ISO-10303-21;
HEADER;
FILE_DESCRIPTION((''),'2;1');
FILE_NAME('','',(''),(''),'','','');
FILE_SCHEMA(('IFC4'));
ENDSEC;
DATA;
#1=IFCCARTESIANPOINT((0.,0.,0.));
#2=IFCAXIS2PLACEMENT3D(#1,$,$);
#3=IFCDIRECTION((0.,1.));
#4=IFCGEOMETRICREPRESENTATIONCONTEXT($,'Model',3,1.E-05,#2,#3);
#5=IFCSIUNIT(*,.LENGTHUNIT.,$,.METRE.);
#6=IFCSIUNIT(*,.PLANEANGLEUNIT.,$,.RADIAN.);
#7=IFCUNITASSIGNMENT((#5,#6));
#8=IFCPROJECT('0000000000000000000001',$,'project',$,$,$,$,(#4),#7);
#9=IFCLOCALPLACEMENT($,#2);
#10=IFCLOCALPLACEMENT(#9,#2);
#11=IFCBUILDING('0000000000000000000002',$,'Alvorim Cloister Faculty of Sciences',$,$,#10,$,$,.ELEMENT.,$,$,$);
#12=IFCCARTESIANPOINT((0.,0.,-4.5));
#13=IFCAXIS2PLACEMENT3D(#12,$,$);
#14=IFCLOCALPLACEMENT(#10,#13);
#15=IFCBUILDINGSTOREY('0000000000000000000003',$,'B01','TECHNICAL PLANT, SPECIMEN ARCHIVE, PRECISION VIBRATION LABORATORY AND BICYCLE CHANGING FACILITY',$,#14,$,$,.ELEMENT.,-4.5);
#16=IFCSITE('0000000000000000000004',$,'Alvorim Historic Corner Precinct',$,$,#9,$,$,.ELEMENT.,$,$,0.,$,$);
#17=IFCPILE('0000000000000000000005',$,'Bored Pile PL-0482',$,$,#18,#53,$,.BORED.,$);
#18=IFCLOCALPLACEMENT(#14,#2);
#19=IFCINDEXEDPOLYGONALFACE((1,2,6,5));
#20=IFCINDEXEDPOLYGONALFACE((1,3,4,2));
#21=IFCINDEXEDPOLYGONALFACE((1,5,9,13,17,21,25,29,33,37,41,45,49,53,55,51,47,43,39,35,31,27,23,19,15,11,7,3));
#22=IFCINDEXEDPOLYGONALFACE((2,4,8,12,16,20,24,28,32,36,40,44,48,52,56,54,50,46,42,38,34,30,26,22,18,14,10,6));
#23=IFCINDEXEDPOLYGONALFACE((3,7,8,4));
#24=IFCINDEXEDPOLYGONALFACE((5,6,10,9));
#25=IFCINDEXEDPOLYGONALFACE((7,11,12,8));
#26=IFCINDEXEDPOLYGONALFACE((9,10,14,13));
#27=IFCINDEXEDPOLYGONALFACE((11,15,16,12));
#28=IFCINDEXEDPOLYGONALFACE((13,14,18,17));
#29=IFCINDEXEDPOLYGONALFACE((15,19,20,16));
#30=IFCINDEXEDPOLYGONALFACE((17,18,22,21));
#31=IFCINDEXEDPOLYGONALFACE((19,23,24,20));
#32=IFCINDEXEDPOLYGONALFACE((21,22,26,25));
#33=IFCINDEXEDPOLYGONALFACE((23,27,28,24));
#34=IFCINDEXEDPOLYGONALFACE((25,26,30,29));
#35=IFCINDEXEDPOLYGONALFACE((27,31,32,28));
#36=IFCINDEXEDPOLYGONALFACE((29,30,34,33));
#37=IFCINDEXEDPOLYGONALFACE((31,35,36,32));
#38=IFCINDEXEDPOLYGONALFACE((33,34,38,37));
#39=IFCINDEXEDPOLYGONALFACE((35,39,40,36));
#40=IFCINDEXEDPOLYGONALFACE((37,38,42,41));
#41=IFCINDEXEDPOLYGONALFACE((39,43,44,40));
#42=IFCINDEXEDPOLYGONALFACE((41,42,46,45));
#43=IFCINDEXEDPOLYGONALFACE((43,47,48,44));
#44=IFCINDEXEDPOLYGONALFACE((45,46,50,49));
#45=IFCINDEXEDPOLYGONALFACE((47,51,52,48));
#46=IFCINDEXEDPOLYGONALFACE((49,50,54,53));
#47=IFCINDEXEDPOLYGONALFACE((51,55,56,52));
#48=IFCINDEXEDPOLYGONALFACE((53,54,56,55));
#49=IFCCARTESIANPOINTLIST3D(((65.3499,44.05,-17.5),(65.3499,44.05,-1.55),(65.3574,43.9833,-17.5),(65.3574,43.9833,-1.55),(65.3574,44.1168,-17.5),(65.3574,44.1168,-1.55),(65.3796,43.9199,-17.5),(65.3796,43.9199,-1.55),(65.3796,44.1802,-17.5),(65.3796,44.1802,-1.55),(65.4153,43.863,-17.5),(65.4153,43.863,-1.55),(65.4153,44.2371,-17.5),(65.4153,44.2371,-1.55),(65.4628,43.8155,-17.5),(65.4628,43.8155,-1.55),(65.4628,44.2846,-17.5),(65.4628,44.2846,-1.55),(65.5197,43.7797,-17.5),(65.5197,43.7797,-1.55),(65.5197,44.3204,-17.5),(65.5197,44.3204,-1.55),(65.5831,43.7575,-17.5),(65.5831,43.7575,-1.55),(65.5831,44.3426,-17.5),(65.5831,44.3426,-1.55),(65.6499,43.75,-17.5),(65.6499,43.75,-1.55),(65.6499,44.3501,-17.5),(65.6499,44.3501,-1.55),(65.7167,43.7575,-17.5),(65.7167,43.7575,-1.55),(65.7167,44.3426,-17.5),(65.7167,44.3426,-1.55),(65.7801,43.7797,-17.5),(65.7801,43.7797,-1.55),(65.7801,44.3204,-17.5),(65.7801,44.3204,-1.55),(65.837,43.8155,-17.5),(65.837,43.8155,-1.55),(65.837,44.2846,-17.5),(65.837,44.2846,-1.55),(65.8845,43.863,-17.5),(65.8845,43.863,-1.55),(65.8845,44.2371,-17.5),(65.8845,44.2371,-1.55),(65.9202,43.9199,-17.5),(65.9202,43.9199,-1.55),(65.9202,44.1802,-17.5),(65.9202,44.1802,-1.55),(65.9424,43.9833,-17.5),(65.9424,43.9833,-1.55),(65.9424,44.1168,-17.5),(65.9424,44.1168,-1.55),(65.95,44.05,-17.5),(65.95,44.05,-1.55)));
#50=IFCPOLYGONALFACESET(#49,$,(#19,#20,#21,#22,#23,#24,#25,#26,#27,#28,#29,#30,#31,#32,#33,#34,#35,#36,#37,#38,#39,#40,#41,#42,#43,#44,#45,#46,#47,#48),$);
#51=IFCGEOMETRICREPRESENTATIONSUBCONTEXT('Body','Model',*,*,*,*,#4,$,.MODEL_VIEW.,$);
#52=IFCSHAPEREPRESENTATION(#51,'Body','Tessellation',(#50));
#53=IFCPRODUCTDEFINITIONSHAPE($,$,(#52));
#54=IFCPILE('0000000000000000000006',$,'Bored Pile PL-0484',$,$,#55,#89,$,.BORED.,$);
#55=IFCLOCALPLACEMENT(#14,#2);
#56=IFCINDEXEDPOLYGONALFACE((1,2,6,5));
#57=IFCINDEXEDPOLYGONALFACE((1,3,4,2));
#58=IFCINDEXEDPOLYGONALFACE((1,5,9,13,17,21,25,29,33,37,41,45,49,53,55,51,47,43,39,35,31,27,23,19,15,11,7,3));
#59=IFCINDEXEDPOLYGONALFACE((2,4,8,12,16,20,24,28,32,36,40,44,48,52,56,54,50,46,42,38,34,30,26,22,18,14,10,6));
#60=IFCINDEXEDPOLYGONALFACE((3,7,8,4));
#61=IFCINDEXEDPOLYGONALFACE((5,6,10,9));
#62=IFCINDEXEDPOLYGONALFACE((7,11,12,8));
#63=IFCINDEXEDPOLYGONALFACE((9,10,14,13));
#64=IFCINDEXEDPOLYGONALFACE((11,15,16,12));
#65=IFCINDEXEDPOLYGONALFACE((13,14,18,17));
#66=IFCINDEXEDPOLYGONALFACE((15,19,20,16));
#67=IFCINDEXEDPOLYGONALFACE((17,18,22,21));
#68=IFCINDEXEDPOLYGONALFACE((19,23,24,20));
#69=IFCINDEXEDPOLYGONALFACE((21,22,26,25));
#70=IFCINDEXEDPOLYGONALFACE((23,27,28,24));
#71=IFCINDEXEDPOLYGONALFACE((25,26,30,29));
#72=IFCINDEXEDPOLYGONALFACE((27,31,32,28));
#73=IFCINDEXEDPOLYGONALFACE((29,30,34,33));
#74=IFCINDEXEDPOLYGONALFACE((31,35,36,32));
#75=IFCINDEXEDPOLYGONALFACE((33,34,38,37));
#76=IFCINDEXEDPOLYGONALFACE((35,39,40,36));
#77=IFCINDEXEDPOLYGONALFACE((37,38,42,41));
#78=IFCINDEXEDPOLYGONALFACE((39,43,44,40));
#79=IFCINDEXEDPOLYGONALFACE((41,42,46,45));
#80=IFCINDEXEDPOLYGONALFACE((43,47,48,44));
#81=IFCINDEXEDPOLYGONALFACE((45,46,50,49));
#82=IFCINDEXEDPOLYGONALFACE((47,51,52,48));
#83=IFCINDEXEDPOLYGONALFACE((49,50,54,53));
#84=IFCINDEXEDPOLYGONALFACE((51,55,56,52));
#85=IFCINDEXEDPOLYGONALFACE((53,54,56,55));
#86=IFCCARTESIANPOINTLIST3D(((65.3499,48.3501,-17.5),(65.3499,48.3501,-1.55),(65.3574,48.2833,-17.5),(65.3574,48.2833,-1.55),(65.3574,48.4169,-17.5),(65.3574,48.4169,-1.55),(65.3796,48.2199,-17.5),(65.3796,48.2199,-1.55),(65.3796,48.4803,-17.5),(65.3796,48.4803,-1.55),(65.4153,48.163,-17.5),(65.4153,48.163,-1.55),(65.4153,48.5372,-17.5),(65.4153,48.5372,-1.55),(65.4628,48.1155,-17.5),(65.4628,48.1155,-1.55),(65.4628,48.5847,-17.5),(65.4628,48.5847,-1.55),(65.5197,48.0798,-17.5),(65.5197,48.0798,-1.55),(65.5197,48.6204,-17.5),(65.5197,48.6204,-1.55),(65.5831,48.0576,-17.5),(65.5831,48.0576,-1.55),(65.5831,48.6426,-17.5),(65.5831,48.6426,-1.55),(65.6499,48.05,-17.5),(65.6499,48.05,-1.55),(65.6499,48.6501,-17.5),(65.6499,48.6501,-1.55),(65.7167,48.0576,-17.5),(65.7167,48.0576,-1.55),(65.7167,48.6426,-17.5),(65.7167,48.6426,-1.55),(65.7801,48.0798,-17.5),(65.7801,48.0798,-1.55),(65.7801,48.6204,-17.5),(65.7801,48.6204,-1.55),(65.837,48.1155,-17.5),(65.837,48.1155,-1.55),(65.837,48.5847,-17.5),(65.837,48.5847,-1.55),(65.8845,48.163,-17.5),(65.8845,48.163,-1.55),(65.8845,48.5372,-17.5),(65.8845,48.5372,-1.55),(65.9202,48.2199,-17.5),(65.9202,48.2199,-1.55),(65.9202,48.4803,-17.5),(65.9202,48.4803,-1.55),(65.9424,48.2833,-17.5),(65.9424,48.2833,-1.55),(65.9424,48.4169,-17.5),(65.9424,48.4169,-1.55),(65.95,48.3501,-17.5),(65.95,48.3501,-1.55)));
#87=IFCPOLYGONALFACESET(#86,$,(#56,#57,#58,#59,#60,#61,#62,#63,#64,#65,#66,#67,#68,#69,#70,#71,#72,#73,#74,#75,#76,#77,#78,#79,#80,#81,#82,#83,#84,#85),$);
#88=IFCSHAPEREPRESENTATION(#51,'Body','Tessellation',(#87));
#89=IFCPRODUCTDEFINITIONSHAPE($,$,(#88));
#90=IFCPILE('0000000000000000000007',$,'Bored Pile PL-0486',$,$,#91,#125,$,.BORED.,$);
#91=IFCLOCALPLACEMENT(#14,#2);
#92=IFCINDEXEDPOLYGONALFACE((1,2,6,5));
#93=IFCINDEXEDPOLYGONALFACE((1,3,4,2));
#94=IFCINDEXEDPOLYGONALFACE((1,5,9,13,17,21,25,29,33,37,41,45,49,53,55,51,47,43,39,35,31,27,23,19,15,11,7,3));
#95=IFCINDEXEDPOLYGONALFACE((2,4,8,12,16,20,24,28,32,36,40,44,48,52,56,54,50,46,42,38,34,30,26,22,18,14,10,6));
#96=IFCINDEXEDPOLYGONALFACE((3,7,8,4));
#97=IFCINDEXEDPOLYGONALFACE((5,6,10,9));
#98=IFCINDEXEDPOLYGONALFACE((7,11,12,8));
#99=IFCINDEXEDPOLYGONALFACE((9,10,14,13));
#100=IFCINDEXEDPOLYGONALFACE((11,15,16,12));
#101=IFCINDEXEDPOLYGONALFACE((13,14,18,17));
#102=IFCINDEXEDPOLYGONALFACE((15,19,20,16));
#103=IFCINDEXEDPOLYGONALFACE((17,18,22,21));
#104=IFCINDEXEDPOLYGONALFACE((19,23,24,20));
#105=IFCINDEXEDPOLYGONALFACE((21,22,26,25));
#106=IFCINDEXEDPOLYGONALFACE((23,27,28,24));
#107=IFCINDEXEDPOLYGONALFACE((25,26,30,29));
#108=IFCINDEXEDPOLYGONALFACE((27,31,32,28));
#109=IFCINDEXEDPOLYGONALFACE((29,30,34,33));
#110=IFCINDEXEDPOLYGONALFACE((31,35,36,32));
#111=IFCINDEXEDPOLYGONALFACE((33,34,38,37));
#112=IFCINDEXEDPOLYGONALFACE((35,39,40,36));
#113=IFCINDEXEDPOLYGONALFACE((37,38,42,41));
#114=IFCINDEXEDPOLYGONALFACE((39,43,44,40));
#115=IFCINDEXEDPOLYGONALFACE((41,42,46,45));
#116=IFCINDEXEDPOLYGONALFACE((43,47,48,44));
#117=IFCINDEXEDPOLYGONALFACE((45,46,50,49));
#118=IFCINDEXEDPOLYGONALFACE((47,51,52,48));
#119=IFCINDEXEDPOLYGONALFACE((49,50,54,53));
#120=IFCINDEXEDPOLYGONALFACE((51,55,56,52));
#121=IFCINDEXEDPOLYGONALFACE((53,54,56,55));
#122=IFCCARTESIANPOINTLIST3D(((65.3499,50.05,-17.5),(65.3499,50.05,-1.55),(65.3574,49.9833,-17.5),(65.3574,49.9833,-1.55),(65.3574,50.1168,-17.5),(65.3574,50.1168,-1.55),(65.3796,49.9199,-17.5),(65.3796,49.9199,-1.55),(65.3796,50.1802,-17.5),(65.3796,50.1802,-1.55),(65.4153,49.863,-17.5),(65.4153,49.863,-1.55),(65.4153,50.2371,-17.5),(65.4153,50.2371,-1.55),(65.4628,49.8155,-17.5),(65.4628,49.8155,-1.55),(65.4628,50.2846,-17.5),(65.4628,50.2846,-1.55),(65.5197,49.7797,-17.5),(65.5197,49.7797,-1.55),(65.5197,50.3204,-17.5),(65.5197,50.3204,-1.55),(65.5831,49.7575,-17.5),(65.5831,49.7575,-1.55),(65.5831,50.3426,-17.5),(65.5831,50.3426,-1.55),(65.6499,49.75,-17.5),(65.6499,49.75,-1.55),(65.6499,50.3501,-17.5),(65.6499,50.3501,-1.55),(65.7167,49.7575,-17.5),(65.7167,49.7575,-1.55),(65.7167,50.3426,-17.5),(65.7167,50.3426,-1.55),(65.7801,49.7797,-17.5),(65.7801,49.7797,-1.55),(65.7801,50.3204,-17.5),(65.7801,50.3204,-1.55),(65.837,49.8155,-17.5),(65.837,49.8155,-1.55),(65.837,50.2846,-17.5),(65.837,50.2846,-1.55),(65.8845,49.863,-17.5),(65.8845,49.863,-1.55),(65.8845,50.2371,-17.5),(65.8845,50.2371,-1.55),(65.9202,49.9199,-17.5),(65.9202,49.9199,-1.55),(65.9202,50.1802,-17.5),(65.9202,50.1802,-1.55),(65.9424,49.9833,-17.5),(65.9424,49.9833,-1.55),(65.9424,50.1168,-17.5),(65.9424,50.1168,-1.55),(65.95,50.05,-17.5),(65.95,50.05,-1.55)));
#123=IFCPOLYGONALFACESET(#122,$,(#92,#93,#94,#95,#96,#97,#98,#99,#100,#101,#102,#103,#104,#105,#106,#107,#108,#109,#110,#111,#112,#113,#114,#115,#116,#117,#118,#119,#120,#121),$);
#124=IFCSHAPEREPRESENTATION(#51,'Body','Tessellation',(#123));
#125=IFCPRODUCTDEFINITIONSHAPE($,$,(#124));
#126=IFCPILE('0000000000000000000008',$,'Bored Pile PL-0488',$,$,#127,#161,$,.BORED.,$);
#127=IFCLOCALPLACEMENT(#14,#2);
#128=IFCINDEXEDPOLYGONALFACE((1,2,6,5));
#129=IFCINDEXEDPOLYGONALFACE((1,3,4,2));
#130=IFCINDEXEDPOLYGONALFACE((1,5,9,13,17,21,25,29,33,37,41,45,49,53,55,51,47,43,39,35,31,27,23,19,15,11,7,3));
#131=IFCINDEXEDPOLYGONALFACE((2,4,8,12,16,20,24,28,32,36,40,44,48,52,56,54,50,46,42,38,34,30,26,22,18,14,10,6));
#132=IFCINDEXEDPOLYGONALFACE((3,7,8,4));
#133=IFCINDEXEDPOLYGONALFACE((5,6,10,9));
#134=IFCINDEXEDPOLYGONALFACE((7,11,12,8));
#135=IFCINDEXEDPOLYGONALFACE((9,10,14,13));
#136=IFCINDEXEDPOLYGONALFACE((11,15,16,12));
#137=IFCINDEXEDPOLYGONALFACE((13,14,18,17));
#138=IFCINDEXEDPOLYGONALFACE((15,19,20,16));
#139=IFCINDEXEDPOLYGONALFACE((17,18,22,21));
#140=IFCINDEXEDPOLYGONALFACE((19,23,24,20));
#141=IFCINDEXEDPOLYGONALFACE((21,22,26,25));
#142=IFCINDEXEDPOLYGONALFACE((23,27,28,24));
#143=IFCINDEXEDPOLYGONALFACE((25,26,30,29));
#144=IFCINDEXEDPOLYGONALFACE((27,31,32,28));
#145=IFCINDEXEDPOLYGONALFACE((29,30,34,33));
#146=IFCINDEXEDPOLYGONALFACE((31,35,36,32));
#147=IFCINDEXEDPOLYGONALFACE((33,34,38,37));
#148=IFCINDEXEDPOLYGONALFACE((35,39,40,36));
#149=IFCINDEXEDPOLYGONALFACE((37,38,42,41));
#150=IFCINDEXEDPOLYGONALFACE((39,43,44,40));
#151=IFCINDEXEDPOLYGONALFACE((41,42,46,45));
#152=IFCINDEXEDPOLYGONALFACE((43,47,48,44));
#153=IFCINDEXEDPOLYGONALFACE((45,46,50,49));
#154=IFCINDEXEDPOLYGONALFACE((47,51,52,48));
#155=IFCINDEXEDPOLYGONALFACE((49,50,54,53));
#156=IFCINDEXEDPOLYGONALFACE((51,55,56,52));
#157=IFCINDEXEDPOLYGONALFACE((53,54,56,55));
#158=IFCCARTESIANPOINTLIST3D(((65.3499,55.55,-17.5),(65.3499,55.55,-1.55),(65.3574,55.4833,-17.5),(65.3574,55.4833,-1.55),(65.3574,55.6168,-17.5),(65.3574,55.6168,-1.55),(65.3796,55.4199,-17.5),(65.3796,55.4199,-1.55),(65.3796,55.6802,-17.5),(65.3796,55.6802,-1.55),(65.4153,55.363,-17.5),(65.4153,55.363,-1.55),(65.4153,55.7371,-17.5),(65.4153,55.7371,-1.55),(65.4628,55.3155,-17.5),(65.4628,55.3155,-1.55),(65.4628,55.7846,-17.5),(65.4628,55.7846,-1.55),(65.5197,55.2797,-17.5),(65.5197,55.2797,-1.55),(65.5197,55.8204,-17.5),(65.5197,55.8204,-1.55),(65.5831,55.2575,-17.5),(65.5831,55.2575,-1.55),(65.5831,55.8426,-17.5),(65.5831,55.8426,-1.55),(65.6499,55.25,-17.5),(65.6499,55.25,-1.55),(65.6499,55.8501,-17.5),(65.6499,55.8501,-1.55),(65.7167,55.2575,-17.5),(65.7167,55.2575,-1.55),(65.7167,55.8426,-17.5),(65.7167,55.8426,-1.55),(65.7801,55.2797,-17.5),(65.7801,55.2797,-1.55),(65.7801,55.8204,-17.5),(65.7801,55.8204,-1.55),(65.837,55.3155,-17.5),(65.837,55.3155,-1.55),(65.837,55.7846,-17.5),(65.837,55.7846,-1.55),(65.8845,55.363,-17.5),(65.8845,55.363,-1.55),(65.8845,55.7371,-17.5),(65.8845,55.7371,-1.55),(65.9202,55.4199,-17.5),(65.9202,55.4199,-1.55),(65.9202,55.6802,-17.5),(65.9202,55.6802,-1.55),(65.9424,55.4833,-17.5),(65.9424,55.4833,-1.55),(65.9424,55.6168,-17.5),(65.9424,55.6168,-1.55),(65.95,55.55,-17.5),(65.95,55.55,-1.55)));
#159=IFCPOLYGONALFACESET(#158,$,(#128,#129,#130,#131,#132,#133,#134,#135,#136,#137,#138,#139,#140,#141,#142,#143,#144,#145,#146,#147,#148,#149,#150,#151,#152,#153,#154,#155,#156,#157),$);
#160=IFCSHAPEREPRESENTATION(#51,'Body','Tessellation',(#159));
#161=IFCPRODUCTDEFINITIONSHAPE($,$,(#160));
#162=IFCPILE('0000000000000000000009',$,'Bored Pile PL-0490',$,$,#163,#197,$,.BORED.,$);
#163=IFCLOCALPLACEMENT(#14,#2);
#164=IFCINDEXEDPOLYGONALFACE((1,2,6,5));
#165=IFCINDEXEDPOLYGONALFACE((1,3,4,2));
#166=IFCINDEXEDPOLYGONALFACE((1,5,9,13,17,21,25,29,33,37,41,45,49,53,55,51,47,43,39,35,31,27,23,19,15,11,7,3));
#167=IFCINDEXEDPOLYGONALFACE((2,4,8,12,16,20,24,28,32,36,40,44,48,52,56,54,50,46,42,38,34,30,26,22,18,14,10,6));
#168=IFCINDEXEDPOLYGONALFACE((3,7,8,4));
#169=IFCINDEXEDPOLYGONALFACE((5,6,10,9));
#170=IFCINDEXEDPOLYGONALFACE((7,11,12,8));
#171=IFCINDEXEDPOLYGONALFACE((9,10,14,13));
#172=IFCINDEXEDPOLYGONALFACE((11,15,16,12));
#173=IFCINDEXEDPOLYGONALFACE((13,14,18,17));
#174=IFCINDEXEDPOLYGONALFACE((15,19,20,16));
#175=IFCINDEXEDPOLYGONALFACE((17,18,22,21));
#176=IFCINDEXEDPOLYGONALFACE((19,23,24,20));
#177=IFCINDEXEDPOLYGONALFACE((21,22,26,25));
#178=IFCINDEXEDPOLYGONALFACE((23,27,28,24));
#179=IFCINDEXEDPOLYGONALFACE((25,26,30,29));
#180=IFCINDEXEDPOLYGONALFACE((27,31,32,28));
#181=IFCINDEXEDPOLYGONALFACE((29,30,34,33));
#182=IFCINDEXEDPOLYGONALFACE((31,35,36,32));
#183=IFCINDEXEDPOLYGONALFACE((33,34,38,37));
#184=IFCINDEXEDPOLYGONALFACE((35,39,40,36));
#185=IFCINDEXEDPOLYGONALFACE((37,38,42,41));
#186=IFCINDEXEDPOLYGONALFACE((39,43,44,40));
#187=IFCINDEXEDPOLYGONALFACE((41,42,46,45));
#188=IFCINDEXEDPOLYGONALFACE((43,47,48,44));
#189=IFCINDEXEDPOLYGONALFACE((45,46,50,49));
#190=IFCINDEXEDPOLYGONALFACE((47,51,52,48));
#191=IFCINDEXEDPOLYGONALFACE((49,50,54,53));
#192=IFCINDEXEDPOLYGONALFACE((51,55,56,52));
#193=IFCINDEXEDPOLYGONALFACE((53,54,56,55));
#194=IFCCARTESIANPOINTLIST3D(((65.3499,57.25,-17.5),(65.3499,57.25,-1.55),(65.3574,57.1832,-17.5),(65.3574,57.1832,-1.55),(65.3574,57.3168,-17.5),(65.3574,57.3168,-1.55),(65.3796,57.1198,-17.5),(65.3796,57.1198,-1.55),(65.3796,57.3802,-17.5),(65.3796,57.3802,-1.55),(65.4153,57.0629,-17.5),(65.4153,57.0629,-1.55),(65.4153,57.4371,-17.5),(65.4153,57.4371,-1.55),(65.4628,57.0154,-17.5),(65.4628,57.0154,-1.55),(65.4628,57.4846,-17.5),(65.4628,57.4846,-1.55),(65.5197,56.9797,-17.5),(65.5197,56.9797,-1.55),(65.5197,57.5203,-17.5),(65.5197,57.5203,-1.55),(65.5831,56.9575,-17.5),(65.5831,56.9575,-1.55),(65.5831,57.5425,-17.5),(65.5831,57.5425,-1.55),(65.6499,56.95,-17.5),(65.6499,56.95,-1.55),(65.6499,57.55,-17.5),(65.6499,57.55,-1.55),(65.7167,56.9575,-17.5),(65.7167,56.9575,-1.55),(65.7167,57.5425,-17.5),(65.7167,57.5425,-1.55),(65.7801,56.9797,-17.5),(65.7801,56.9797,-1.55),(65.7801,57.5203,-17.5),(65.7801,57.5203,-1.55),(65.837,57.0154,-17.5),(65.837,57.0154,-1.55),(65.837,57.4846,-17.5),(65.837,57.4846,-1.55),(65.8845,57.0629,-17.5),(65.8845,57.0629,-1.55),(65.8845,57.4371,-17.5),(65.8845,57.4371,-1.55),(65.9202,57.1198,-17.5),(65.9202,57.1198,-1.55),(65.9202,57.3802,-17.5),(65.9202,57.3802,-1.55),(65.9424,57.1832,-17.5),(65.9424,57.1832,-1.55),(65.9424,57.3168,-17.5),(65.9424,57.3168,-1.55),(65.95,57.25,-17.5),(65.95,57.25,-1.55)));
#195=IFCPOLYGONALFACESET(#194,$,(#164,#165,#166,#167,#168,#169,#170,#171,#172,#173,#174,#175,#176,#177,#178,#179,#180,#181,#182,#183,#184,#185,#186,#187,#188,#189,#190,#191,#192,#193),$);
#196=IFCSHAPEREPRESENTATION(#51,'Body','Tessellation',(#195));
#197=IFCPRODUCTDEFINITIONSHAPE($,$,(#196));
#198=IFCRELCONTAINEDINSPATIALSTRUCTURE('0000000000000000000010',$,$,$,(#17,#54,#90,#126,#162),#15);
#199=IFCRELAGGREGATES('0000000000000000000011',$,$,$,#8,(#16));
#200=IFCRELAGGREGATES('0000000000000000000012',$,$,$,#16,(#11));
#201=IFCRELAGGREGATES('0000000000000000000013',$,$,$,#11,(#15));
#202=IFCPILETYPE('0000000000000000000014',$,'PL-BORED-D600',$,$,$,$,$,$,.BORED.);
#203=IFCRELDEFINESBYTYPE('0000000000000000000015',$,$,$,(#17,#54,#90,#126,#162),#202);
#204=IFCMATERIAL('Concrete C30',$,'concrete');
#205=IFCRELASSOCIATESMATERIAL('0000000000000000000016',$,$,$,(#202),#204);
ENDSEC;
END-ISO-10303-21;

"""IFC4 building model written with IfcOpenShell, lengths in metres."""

from ifc_helpers import new_model, si_unit, direction, frame, origin, origin_2d, place, context, subcontext, project, spatial, circle, extrude, material, material_profile, profile_set, type_object, element, save


model = new_model("IFC4")

# Units and contexts
model_context = context("Model", 3, precision=1e-05, world=origin(), true_north=direction((0.0, 1.0)))
body_context = subcontext(model_context, "Body", "Model", "MODEL_VIEW")
ifc_project = project(units=[si_unit("LENGTHUNIT", "METRE"), si_unit("PLANEANGLEUNIT", "RADIAN")], contexts=[model_context])

# Site, building, storey
site_placement = place(None, origin())
site = spatial("IfcSite", under=ifc_project, at=site_placement, Name="Alvorim Historic Corner Precinct", CompositionType="ELEMENT", RefElevation=0.0)
building_placement = place(site_placement, origin())
building = spatial("IfcBuilding", under=site, at=building_placement, Name="Alvorim Cloister Faculty of Sciences", CompositionType="ELEMENT")
storey_placement = place(building_placement, frame((0.0, 0.0, -4.5)))
storey = spatial("IfcBuildingStorey", under=building, at=storey_placement, Name="B01", Description="TECHNICAL PLANT, SPECIMEN ARCHIVE, PRECISION VIBRATION LABORATORY AND BICYCLE CHANGING FACILITY", CompositionType="ELEMENT", Elevation=-4.5)

# Piles
ifc_material_1 = material(Name="Concrete C30", Category="concrete")
ifc_material_profile_1 = material_profile(ifc_material_1, circle(Radius=0.3, at=origin_2d()), Name="PILE-D600")
ifc_profile_set_1 = profile_set([ifc_material_profile_1], Name="Concrete C30")
pile_type_1 = type_object("IfcPileType", Name="PL-BORED-D600", PredefinedType="BORED", material=ifc_profile_set_1)
for number, where, z_axis, x_axis, name in (
    (1, (65.6499, 44.05, -1.55), (0.0, 0.0, -1.0), (1.0, 0.0, 0.0), "Bored Pile PL-0482"),
    (2, (65.6499, 48.3501, -1.55), (0.0, 0.0, -1.0), (1.0, 0.0, 0.0), "Bored Pile PL-0484"),
    (3, (65.6499, 50.05, -1.55), (0.0, 0.0, -1.0), (1.0, 0.0, 0.0), "Bored Pile PL-0486"),
    (4, (65.6499, 55.55, -1.55), (0.0, 0.0, -1.0), (1.0, 0.0, 0.0), "Bored Pile PL-0488"),
    (5, (65.6499, 57.25, -1.55), (0.0, 0.0, -1.0), (1.0, 0.0, 0.0), "Bored Pile PL-0490"),
):
    element("IfcPile", number, at=place(storey_placement, frame(where, z_axis=z_axis, x_axis=x_axis)), inside=storey, type_object=pile_type_1, Name=name, PredefinedType="BORED", context=body_context, shape_type="SweptSolid", body=[
        extrude(circle(Radius=0.3, at=origin_2d()), origin(), (0.0, 0.0, 1.0), 15.95),
    ])

save(model, "model.ifc")
